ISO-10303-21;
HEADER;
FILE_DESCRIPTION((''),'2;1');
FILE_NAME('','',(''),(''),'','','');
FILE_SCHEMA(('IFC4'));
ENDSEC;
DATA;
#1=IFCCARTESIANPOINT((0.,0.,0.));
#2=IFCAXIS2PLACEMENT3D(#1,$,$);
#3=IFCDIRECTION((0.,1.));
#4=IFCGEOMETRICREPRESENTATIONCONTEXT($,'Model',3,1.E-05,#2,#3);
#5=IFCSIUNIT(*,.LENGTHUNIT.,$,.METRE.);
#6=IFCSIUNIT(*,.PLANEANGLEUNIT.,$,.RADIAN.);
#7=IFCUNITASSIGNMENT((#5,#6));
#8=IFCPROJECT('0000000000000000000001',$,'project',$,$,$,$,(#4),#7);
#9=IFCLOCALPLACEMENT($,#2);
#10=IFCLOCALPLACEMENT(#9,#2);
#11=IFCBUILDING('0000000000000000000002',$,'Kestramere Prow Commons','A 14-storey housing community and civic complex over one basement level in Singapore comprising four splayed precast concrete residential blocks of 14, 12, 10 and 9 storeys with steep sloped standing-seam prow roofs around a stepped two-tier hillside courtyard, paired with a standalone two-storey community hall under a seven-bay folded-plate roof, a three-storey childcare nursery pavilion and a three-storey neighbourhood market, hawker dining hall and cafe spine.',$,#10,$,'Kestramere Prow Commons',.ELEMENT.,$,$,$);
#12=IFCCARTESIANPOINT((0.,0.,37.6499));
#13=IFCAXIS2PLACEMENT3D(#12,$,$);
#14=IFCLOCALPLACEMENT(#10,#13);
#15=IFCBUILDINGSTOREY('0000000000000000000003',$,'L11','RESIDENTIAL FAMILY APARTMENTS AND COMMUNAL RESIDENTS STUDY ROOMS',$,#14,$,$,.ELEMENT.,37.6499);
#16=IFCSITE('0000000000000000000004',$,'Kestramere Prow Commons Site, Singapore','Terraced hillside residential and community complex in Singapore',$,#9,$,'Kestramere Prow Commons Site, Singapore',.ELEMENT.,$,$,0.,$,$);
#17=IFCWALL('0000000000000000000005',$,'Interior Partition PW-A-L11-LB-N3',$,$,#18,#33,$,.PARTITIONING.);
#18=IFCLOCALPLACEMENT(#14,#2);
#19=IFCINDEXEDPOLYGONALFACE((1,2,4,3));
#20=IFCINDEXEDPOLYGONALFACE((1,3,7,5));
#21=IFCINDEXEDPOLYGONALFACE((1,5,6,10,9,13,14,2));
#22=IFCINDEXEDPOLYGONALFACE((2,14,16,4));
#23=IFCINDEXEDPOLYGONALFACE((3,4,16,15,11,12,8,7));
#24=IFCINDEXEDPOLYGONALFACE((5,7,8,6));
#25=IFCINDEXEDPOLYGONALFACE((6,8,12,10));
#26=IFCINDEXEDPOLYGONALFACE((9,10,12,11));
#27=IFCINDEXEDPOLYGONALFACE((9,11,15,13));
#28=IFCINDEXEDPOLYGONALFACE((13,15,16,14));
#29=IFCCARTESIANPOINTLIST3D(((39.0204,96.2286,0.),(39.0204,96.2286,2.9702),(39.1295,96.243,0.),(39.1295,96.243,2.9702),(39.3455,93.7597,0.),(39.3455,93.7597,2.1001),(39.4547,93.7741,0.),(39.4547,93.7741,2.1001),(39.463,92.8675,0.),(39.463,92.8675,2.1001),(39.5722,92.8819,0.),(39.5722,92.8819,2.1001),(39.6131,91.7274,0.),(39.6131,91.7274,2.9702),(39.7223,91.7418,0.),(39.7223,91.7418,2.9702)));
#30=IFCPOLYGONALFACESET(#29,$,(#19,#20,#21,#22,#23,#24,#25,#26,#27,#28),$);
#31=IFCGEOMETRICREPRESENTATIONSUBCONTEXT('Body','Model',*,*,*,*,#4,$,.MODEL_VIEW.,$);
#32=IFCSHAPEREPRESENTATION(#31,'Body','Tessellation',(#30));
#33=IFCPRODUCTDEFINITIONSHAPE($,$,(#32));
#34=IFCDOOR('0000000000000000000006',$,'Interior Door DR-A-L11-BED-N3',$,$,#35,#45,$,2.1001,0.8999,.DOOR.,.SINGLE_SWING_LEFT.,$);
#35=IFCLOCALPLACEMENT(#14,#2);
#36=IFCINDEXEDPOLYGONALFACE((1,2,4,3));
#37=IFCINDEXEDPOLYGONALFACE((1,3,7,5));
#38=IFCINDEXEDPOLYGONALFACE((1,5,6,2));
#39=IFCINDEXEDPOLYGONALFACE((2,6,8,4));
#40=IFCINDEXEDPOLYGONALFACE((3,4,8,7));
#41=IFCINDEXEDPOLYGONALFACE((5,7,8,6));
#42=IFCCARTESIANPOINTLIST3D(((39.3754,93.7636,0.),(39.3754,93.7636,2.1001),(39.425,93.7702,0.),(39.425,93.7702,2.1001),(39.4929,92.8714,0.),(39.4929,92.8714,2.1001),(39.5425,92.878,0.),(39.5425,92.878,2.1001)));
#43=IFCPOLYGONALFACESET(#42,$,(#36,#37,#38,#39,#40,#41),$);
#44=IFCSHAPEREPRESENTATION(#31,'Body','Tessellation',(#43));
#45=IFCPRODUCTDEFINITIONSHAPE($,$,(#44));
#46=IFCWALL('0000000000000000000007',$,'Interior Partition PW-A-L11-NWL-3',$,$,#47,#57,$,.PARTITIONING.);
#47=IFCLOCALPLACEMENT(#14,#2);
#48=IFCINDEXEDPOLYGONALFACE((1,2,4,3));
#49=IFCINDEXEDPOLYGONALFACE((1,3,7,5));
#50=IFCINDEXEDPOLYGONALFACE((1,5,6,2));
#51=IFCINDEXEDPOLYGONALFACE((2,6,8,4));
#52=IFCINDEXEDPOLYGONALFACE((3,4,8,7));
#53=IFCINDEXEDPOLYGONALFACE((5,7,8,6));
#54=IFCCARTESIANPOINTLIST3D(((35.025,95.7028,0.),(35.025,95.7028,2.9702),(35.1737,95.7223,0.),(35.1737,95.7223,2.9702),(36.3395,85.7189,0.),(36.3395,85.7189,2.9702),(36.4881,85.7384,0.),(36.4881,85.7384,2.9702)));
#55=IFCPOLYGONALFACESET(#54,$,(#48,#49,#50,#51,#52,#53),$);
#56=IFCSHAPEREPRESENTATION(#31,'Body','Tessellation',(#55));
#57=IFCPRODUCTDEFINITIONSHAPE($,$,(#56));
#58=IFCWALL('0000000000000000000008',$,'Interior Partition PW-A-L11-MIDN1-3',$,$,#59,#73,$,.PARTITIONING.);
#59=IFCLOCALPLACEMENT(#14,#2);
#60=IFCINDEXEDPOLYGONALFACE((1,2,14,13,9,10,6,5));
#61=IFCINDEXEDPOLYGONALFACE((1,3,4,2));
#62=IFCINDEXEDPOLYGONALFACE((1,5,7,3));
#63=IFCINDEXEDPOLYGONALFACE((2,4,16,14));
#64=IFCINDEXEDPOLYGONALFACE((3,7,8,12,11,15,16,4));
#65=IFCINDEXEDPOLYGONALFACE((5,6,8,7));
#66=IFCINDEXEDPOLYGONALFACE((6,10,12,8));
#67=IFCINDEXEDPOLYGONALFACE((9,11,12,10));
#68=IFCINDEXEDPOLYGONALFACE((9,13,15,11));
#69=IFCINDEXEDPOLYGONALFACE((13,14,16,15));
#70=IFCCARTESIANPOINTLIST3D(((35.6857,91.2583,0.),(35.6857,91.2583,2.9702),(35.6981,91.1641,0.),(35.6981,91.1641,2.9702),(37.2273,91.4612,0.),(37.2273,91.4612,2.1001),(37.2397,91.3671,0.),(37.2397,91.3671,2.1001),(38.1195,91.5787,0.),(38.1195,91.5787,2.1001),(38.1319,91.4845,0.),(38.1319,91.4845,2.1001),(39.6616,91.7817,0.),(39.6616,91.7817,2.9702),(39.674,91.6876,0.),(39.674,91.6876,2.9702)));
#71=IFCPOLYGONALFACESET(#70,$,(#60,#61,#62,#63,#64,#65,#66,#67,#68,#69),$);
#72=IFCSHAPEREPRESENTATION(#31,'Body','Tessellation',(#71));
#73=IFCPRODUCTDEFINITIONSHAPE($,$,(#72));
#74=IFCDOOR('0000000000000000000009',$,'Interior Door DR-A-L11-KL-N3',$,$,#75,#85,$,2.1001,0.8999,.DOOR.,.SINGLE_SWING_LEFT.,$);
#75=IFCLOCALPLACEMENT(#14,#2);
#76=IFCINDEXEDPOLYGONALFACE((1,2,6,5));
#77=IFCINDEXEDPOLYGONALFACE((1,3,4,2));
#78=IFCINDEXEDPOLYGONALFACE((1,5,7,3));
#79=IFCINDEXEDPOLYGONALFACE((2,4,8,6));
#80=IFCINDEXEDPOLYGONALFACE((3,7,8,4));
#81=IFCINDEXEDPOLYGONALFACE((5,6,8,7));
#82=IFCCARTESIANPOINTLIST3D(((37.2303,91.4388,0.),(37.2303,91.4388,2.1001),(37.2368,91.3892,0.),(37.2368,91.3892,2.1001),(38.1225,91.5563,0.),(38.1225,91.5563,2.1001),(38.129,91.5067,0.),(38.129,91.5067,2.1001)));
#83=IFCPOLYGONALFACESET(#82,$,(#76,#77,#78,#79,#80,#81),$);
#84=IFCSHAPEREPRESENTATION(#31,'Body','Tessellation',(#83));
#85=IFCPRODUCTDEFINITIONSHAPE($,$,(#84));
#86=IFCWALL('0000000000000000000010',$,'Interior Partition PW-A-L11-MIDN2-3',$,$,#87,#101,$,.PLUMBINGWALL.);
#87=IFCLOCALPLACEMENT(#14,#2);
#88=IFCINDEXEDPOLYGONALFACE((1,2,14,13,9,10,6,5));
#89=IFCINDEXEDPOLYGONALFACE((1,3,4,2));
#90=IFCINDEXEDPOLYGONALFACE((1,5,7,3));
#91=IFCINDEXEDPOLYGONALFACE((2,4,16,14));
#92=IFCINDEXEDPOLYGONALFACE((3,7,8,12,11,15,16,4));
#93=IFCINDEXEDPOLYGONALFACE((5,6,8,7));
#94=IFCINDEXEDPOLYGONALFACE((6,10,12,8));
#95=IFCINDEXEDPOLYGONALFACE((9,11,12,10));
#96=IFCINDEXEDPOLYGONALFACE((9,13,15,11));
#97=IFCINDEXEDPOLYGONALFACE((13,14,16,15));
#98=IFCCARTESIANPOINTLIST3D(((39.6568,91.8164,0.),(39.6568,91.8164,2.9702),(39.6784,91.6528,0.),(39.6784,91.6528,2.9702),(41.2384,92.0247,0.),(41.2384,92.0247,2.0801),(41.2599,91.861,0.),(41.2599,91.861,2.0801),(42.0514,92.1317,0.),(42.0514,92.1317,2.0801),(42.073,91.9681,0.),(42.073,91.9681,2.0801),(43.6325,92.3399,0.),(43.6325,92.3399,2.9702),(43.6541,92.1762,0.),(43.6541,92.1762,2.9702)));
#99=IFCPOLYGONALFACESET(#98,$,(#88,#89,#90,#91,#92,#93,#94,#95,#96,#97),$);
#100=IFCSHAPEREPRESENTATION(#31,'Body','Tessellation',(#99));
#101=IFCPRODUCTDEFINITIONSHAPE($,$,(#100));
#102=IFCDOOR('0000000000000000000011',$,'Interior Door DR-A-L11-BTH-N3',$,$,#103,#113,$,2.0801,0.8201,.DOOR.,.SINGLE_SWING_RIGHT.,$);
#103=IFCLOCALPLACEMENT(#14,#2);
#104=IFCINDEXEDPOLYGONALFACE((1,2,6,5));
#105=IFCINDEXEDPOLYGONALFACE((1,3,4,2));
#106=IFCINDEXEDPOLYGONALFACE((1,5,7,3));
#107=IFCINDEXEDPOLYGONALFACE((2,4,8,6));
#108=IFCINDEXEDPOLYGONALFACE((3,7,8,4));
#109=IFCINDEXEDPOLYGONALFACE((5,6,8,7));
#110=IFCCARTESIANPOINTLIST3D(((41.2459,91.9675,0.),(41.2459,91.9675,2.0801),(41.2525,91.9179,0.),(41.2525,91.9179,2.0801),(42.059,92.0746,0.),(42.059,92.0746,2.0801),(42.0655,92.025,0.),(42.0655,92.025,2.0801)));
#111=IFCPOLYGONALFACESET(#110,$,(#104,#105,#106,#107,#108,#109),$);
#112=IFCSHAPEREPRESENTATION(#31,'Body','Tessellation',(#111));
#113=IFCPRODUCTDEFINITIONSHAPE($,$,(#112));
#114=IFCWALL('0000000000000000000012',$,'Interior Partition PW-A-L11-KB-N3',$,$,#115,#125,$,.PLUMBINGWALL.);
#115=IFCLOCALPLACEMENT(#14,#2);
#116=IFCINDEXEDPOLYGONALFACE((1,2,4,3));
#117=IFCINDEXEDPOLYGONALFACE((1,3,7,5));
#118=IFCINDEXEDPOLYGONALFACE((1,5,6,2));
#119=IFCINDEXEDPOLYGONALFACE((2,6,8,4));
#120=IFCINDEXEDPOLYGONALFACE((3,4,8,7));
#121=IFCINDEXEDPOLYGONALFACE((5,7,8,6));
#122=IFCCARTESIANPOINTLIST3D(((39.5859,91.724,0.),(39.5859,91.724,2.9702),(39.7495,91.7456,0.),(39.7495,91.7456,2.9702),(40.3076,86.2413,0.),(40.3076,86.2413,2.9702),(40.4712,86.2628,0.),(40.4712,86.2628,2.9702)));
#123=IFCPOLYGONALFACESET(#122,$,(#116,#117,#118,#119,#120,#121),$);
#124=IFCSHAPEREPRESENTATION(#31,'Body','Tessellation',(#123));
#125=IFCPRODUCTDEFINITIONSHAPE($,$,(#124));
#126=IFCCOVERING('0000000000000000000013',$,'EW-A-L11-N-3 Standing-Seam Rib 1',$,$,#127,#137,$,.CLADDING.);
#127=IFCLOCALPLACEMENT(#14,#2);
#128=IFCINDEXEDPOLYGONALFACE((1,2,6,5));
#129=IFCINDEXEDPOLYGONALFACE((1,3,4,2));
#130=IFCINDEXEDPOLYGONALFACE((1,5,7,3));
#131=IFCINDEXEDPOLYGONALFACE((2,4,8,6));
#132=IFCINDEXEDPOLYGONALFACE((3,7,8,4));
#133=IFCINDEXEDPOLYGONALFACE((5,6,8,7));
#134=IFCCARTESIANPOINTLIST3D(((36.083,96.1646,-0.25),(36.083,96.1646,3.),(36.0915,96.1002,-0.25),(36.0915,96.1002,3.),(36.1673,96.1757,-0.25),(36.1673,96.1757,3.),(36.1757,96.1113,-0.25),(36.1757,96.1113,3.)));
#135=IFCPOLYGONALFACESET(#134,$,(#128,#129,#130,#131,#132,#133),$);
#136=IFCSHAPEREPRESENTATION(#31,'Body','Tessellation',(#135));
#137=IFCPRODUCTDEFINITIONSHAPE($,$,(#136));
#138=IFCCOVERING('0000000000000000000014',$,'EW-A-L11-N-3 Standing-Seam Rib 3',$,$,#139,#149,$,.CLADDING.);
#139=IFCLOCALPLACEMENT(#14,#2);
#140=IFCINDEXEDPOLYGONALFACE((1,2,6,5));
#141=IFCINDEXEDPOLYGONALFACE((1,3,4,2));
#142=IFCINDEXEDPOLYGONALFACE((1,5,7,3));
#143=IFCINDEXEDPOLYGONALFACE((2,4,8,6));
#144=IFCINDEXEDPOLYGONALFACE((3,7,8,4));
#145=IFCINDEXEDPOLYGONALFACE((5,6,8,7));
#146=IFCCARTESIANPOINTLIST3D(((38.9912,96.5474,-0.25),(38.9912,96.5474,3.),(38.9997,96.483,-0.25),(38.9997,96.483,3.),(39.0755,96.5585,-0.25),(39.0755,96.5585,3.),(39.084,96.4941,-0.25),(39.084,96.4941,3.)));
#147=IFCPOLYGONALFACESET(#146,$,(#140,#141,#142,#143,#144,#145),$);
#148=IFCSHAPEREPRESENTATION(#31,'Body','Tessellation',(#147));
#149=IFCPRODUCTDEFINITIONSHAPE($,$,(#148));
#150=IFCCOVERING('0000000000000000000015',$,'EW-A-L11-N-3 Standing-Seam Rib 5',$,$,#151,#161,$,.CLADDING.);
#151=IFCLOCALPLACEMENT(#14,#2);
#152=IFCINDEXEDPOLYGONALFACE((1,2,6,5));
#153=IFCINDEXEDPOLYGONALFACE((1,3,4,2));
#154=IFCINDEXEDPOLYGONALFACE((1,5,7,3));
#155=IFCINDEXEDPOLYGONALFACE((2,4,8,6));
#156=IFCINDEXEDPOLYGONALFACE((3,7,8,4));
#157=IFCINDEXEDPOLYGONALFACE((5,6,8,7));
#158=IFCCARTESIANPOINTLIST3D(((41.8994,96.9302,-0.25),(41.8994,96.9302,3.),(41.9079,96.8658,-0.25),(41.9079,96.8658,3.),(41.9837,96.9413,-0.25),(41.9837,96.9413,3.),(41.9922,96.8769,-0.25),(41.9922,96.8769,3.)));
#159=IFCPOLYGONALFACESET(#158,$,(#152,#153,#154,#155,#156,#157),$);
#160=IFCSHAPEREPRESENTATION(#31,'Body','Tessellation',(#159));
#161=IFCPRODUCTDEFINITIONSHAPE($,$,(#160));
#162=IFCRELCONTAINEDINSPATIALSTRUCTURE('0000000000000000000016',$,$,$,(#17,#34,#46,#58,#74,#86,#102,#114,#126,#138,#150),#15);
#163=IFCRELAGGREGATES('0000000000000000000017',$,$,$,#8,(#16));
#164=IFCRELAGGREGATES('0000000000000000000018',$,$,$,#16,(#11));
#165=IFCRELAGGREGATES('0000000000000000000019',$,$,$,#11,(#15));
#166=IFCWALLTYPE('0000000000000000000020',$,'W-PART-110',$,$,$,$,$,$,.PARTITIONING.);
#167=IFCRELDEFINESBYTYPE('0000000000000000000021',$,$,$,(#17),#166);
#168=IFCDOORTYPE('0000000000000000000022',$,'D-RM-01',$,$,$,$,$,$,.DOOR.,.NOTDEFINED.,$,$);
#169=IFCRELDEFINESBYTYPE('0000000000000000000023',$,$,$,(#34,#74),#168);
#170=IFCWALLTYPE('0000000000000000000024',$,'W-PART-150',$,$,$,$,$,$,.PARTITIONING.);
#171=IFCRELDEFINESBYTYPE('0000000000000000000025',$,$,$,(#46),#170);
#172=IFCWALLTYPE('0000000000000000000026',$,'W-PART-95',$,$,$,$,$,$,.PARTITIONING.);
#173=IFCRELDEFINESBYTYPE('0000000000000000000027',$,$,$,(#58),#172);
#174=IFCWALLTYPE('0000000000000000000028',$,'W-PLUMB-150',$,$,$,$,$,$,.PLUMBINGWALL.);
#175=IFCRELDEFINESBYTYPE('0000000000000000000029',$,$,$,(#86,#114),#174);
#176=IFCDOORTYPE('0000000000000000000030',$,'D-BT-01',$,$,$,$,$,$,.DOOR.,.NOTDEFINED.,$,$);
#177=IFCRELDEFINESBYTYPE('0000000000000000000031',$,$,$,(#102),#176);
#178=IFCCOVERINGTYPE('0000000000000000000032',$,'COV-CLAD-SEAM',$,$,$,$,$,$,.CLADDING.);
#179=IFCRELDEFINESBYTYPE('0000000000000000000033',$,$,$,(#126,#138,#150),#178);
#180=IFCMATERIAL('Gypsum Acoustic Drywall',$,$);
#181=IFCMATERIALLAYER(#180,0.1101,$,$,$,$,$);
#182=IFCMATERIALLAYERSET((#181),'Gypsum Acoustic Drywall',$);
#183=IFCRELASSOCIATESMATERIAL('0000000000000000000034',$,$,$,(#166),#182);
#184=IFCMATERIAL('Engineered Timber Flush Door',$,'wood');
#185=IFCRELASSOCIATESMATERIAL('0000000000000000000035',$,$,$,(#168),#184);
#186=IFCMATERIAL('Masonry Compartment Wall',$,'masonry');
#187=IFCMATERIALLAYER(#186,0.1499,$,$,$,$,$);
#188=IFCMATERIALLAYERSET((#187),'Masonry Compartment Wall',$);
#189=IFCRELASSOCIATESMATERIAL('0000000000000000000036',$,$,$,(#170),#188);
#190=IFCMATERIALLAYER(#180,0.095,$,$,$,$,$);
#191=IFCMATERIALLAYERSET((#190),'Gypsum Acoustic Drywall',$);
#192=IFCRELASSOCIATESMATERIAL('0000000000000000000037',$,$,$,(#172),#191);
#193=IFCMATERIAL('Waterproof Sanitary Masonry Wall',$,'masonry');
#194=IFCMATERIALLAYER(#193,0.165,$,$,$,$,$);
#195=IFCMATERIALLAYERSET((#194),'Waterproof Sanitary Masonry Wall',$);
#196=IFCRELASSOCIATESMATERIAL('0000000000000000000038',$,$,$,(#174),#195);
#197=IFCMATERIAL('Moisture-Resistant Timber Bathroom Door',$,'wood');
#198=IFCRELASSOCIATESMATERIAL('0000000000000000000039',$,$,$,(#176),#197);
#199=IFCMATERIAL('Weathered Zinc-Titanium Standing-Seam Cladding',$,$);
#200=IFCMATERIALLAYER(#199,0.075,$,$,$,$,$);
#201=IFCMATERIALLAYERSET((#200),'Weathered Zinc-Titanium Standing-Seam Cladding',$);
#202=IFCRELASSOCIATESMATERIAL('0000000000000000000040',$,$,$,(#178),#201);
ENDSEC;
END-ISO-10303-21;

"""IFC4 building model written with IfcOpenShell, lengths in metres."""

from ifc_helpers import new_model, si_unit, direction, frame, frame_2d, origin, origin_2d, place, context, subcontext, project, spatial, rectangle, extrude, material, layer, layer_set, type_object, element, fill, save


model = new_model("IFC4")

# Units and contexts
model_context = context("Model", 3, precision=1e-05, world=origin(), true_north=direction((0.0, 1.0)))
body_context = subcontext(model_context, "Body", "Model", "MODEL_VIEW")
ifc_project = project(units=[si_unit("LENGTHUNIT", "METRE"), si_unit("PLANEANGLEUNIT", "RADIAN")], contexts=[model_context])

# Site, building, storey
site_placement = place(None, origin())
site = spatial("IfcSite", under=ifc_project, at=site_placement, Name="Kestramere Prow Commons Site, Singapore", Description="Terraced hillside residential and community complex in Singapore", LongName="Kestramere Prow Commons Site, Singapore", CompositionType="ELEMENT", RefElevation=0.0)
building_placement = place(site_placement, origin())
building = spatial("IfcBuilding", under=site, at=building_placement, Name="Kestramere Prow Commons", Description="A 14-storey housing community and civic complex over one basement level in Singapore comprising four splayed precast concrete residential blocks of 14, 12, 10 and 9 storeys with steep sloped standing-seam prow roofs around a stepped two-tier hillside courtyard, paired with a standalone two-storey community hall under a seven-bay folded-plate roof, a three-storey childcare nursery pavilion and a three-storey neighbourhood market, hawker dining hall and cafe spine.", LongName="Kestramere Prow Commons", CompositionType="ELEMENT")
storey_placement = place(building_placement, frame((0.0, 0.0, 37.6499)))
storey = spatial("IfcBuildingStorey", under=building, at=storey_placement, Name="L11", Description="RESIDENTIAL FAMILY APARTMENTS AND COMMUNAL RESIDENTS STUDY ROOMS", CompositionType="ELEMENT", Elevation=37.6499)

# Wall, opening, door
ifc_material_1 = material(Name="Gypsum Acoustic Drywall")
ifc_layer_1 = layer(ifc_material_1, 0.1101)
ifc_layer_set_1 = layer_set([ifc_layer_1], Name="Gypsum Acoustic Drywall")
wall_type_1 = type_object("IfcWallType", Name="W-PART-110", PredefinedType="PARTITIONING", material=ifc_layer_set_1)
wall_1_placement = place(storey_placement, frame((39.6677, 91.7346, 0.0), z_axis=(0.0, 0.0, 1.0), x_axis=(-0.130564, 0.99144, 0.0)))
wall_1 = element("IfcWall", 1, at=wall_1_placement, inside=storey, type_object=wall_type_1, Name="Interior Partition PW-A-L11-LB-N3", PredefinedType="PARTITIONING", context=body_context, shape_type="SweptSolid", body=[
    extrude(rectangle(XDim=4.54, YDim=0.1101, at=frame_2d((2.27, 0.0))), origin(), (0.0, 0.0, 1.0), 2.9702),
])
opening_1_placement = place(wall_1_placement, frame((1.1499, 0.0, 0.0)))
opening_1 = element("IfcOpeningElement", 2, at=opening_1_placement, cuts=wall_1, PredefinedType="OPENING", context=body_context, shape_type="SweptSolid", body=[
    extrude(rectangle(XDim=0.8999, YDim=2.1001, at=frame_2d((0.45, 1.05))), frame((0.0, 0.0701, 0.0), z_axis=(0.0, -1.0, 0.0), x_axis=(1.0, 0.0, 0.0)), (0.0, 0.0, 1.0), 0.1401),
])
ifc_material_2 = material(Name="Engineered Timber Flush Door", Category="wood")
door_type_1 = type_object("IfcDoorType", Name="D-RM-01", OperationType="NOTDEFINED", PredefinedType="DOOR", material=ifc_material_2)
door_1_placement = place(opening_1_placement, origin())
door_1 = element("IfcDoor", 3, at=door_1_placement, inside=storey, type_object=door_type_1, Name="Interior Door DR-A-L11-BED-N3", OperationType="SINGLE_SWING_LEFT", OverallHeight=2.1001, OverallWidth=0.8999, PredefinedType="DOOR", context=body_context, shape_type="SweptSolid", body=[
    extrude(rectangle(XDim=0.8999, YDim=2.1001, at=frame_2d((0.45, 1.05))), frame((0.0, 0.0249, 0.0), z_axis=(0.0, -1.0, 0.0), x_axis=(1.0, 0.0, 0.0)), (0.0, 0.0, 1.0), 0.05),
])
fill(opening_1, door_1)

# Wall
ifc_material_3 = material(Name="Masonry Compartment Wall", Category="masonry")
ifc_layer_2 = layer(ifc_material_3, 0.1499)
ifc_layer_set_2 = layer_set([ifc_layer_2], Name="Masonry Compartment Wall")
wall_type_2 = type_object("IfcWallType", Name="W-PART-150", PredefinedType="PARTITIONING", material=ifc_layer_set_2)
wall_2_placement = place(storey_placement, frame((36.4138, 85.7285, 0.0), z_axis=(0.0, 0.0, 1.0), x_axis=(-0.130531, 0.991444, 0.0)))
element("IfcWall", 4, at=wall_2_placement, inside=storey, type_object=wall_type_2, Name="Interior Partition PW-A-L11-NWL-3", PredefinedType="PARTITIONING", context=body_context, shape_type="SweptSolid", body=[
    extrude(rectangle(XDim=10.0701, YDim=0.1499, at=frame_2d((5.0352, 0.0))), origin(), (0.0, 0.0, 1.0), 2.9702),
])

# Walls, openings, doors
ifc_layer_3 = layer(ifc_material_1, 0.095)
ifc_layer_set_3 = layer_set([ifc_layer_3], Name="Gypsum Acoustic Drywall")
wall_type_3 = type_object("IfcWallType", Name="W-PART-95", PredefinedType="PARTITIONING", material=ifc_layer_set_3)
wall_3_placement = place(storey_placement, frame((35.6919, 91.2112, 0.0), z_axis=(0.0, 0.0, 1.0), x_axis=(0.991445, 0.130529, 0.0)))
wall_3 = element("IfcWall", 5, at=wall_3_placement, inside=storey, type_object=wall_type_3, Name="Interior Partition PW-A-L11-MIDN1-3", PredefinedType="PARTITIONING", context=body_context, shape_type="SweptSolid", body=[
    extrude(rectangle(XDim=4.0103, YDim=0.095, at=frame_2d((2.0051, 0.0))), origin(), (0.0, 0.0, 1.0), 2.9702),
])
opening_2_placement = place(wall_3_placement, frame((1.5549, 0.0, 0.0)))
opening_2 = element("IfcOpeningElement", 6, at=opening_2_placement, cuts=wall_3, PredefinedType="OPENING", context=body_context, shape_type="SweptSolid", body=[
    extrude(rectangle(XDim=0.8999, YDim=2.1001, at=frame_2d((0.45, 1.05))), frame((0.0, 0.0625, 0.0), z_axis=(0.0, -1.0, 0.0), x_axis=(1.0, 0.0, 0.0)), (0.0, 0.0, 1.0), 0.125),
])
door_2_placement = place(opening_2_placement, origin())
door_2 = element("IfcDoor", 7, at=door_2_placement, inside=storey, type_object=door_type_1, Name="Interior Door DR-A-L11-KL-N3", OperationType="SINGLE_SWING_LEFT", OverallHeight=2.1001, OverallWidth=0.8999, PredefinedType="DOOR", context=body_context, shape_type="SweptSolid", body=[
    extrude(rectangle(XDim=0.8999, YDim=2.1001, at=frame_2d((0.45, 1.05))), frame((0.0, 0.0249, 0.0), z_axis=(0.0, -1.0, 0.0), x_axis=(1.0, 0.0, 0.0)), (0.0, 0.0, 1.0), 0.05),
])
fill(opening_2, door_2)
ifc_material_4 = material(Name="Waterproof Sanitary Masonry Wall", Category="masonry")
ifc_layer_4 = layer(ifc_material_4, 0.165)
ifc_layer_set_4 = layer_set([ifc_layer_4], Name="Waterproof Sanitary Masonry Wall")
wall_type_4 = type_object("IfcWallType", Name="W-PLUMB-150", PredefinedType="PLUMBINGWALL", material=ifc_layer_set_4)
wall_4_placement = place(storey_placement, frame((39.6677, 91.7346, 0.0), z_axis=(0.0, 0.0, 1.0), x_axis=(0.991444, 0.130536, 0.0)))
wall_4 = element("IfcWall", 8, at=wall_4_placement, inside=storey, type_object=wall_type_4, Name="Interior Partition PW-A-L11-MIDN2-3", PredefinedType="PLUMBINGWALL", context=body_context, shape_type="SweptSolid", body=[
    extrude(rectangle(XDim=4.01, YDim=0.165, at=frame_2d((2.0049, 0.0))), origin(), (0.0, 0.0, 1.0), 2.9702),
])
opening_3_placement = place(wall_4_placement, frame((1.595, 0.0, 0.0)))
opening_3 = element("IfcOpeningElement", 9, at=opening_3_placement, cuts=wall_4, PredefinedType="OPENING", context=body_context, shape_type="SweptSolid", body=[
    extrude(rectangle(XDim=0.8201, YDim=2.0801, at=frame_2d((0.4102, 1.04))), frame((0.0, 0.0974, 0.0), z_axis=(0.0, -1.0, 0.0), x_axis=(1.0, 0.0, 0.0)), (0.0, 0.0, 1.0), 0.1951),
])
ifc_material_5 = material(Name="Moisture-Resistant Timber Bathroom Door", Category="wood")
door_type_2 = type_object("IfcDoorType", Name="D-BT-01", OperationType="NOTDEFINED", PredefinedType="DOOR", material=ifc_material_5)
door_3_placement = place(opening_3_placement, origin())
door_3 = element("IfcDoor", 10, at=door_3_placement, inside=storey, type_object=door_type_2, Name="Interior Door DR-A-L11-BTH-N3", OperationType="SINGLE_SWING_RIGHT", OverallHeight=2.0801, OverallWidth=0.8201, PredefinedType="DOOR", context=body_context, shape_type="SweptSolid", body=[
    extrude(rectangle(XDim=0.8201, YDim=2.0801, at=frame_2d((0.4102, 1.04))), frame((0.0, 0.0249, 0.0), z_axis=(0.0, -1.0, 0.0), x_axis=(1.0, 0.0, 0.0)), (0.0, 0.0, 1.0), 0.05),
])
fill(opening_3, door_3)

# Wall
wall_5_placement = place(storey_placement, frame((40.3894, 86.252, 0.0), z_axis=(0.0, 0.0, 1.0), x_axis=(-0.130504, 0.991448, 0.0)))
element("IfcWall", 11, at=wall_5_placement, inside=storey, type_object=wall_type_4, Name="Interior Partition PW-A-L11-KB-N3", PredefinedType="PLUMBINGWALL", context=body_context, shape_type="SweptSolid", body=[
    extrude(rectangle(XDim=5.53, YDim=0.165, at=frame_2d((2.7651, 0.0))), origin(), (0.0, 0.0, 1.0), 2.9702),
])

# Coverings
ifc_material_6 = material(Name="Weathered Zinc-Titanium Standing-Seam Cladding")
ifc_layer_5 = layer(ifc_material_6, 0.075)
ifc_layer_set_5 = layer_set([ifc_layer_5], Name="Weathered Zinc-Titanium Standing-Seam Cladding")
covering_type = type_object("IfcCoveringType", Name="COV-CLAD-SEAM", PredefinedType="CLADDING", material=ifc_layer_set_5)
for number, where, z_axis, x_axis, name in (
    (12, (36.1294, 96.1379, -0.25), (0.0, 0.0, 1.0), (0.991445, 0.130526, 0.0), "EW-A-L11-N-3 Standing-Seam Rib 1"),
    (13, (39.0376, 96.5208, -0.25), (0.0, 0.0, 1.0), (0.991445, 0.130526, 0.0), "EW-A-L11-N-3 Standing-Seam Rib 3"),
    (14, (41.9458, 96.9036, -0.25), (0.0, 0.0, 1.0), (0.991445, 0.130526, 0.0), "EW-A-L11-N-3 Standing-Seam Rib 5"),
):
    element("IfcCovering", number, at=place(storey_placement, frame(where, z_axis=z_axis, x_axis=x_axis)), inside=storey, type_object=covering_type, Name=name, PredefinedType="CLADDING", context=body_context, shape_type="SweptSolid", body=[
        extrude(rectangle(XDim=0.085, YDim=0.0649, at=origin_2d()), origin(), (0.0, 0.0, 1.0), 3.25),
    ])

save(model, "model.ifc")
